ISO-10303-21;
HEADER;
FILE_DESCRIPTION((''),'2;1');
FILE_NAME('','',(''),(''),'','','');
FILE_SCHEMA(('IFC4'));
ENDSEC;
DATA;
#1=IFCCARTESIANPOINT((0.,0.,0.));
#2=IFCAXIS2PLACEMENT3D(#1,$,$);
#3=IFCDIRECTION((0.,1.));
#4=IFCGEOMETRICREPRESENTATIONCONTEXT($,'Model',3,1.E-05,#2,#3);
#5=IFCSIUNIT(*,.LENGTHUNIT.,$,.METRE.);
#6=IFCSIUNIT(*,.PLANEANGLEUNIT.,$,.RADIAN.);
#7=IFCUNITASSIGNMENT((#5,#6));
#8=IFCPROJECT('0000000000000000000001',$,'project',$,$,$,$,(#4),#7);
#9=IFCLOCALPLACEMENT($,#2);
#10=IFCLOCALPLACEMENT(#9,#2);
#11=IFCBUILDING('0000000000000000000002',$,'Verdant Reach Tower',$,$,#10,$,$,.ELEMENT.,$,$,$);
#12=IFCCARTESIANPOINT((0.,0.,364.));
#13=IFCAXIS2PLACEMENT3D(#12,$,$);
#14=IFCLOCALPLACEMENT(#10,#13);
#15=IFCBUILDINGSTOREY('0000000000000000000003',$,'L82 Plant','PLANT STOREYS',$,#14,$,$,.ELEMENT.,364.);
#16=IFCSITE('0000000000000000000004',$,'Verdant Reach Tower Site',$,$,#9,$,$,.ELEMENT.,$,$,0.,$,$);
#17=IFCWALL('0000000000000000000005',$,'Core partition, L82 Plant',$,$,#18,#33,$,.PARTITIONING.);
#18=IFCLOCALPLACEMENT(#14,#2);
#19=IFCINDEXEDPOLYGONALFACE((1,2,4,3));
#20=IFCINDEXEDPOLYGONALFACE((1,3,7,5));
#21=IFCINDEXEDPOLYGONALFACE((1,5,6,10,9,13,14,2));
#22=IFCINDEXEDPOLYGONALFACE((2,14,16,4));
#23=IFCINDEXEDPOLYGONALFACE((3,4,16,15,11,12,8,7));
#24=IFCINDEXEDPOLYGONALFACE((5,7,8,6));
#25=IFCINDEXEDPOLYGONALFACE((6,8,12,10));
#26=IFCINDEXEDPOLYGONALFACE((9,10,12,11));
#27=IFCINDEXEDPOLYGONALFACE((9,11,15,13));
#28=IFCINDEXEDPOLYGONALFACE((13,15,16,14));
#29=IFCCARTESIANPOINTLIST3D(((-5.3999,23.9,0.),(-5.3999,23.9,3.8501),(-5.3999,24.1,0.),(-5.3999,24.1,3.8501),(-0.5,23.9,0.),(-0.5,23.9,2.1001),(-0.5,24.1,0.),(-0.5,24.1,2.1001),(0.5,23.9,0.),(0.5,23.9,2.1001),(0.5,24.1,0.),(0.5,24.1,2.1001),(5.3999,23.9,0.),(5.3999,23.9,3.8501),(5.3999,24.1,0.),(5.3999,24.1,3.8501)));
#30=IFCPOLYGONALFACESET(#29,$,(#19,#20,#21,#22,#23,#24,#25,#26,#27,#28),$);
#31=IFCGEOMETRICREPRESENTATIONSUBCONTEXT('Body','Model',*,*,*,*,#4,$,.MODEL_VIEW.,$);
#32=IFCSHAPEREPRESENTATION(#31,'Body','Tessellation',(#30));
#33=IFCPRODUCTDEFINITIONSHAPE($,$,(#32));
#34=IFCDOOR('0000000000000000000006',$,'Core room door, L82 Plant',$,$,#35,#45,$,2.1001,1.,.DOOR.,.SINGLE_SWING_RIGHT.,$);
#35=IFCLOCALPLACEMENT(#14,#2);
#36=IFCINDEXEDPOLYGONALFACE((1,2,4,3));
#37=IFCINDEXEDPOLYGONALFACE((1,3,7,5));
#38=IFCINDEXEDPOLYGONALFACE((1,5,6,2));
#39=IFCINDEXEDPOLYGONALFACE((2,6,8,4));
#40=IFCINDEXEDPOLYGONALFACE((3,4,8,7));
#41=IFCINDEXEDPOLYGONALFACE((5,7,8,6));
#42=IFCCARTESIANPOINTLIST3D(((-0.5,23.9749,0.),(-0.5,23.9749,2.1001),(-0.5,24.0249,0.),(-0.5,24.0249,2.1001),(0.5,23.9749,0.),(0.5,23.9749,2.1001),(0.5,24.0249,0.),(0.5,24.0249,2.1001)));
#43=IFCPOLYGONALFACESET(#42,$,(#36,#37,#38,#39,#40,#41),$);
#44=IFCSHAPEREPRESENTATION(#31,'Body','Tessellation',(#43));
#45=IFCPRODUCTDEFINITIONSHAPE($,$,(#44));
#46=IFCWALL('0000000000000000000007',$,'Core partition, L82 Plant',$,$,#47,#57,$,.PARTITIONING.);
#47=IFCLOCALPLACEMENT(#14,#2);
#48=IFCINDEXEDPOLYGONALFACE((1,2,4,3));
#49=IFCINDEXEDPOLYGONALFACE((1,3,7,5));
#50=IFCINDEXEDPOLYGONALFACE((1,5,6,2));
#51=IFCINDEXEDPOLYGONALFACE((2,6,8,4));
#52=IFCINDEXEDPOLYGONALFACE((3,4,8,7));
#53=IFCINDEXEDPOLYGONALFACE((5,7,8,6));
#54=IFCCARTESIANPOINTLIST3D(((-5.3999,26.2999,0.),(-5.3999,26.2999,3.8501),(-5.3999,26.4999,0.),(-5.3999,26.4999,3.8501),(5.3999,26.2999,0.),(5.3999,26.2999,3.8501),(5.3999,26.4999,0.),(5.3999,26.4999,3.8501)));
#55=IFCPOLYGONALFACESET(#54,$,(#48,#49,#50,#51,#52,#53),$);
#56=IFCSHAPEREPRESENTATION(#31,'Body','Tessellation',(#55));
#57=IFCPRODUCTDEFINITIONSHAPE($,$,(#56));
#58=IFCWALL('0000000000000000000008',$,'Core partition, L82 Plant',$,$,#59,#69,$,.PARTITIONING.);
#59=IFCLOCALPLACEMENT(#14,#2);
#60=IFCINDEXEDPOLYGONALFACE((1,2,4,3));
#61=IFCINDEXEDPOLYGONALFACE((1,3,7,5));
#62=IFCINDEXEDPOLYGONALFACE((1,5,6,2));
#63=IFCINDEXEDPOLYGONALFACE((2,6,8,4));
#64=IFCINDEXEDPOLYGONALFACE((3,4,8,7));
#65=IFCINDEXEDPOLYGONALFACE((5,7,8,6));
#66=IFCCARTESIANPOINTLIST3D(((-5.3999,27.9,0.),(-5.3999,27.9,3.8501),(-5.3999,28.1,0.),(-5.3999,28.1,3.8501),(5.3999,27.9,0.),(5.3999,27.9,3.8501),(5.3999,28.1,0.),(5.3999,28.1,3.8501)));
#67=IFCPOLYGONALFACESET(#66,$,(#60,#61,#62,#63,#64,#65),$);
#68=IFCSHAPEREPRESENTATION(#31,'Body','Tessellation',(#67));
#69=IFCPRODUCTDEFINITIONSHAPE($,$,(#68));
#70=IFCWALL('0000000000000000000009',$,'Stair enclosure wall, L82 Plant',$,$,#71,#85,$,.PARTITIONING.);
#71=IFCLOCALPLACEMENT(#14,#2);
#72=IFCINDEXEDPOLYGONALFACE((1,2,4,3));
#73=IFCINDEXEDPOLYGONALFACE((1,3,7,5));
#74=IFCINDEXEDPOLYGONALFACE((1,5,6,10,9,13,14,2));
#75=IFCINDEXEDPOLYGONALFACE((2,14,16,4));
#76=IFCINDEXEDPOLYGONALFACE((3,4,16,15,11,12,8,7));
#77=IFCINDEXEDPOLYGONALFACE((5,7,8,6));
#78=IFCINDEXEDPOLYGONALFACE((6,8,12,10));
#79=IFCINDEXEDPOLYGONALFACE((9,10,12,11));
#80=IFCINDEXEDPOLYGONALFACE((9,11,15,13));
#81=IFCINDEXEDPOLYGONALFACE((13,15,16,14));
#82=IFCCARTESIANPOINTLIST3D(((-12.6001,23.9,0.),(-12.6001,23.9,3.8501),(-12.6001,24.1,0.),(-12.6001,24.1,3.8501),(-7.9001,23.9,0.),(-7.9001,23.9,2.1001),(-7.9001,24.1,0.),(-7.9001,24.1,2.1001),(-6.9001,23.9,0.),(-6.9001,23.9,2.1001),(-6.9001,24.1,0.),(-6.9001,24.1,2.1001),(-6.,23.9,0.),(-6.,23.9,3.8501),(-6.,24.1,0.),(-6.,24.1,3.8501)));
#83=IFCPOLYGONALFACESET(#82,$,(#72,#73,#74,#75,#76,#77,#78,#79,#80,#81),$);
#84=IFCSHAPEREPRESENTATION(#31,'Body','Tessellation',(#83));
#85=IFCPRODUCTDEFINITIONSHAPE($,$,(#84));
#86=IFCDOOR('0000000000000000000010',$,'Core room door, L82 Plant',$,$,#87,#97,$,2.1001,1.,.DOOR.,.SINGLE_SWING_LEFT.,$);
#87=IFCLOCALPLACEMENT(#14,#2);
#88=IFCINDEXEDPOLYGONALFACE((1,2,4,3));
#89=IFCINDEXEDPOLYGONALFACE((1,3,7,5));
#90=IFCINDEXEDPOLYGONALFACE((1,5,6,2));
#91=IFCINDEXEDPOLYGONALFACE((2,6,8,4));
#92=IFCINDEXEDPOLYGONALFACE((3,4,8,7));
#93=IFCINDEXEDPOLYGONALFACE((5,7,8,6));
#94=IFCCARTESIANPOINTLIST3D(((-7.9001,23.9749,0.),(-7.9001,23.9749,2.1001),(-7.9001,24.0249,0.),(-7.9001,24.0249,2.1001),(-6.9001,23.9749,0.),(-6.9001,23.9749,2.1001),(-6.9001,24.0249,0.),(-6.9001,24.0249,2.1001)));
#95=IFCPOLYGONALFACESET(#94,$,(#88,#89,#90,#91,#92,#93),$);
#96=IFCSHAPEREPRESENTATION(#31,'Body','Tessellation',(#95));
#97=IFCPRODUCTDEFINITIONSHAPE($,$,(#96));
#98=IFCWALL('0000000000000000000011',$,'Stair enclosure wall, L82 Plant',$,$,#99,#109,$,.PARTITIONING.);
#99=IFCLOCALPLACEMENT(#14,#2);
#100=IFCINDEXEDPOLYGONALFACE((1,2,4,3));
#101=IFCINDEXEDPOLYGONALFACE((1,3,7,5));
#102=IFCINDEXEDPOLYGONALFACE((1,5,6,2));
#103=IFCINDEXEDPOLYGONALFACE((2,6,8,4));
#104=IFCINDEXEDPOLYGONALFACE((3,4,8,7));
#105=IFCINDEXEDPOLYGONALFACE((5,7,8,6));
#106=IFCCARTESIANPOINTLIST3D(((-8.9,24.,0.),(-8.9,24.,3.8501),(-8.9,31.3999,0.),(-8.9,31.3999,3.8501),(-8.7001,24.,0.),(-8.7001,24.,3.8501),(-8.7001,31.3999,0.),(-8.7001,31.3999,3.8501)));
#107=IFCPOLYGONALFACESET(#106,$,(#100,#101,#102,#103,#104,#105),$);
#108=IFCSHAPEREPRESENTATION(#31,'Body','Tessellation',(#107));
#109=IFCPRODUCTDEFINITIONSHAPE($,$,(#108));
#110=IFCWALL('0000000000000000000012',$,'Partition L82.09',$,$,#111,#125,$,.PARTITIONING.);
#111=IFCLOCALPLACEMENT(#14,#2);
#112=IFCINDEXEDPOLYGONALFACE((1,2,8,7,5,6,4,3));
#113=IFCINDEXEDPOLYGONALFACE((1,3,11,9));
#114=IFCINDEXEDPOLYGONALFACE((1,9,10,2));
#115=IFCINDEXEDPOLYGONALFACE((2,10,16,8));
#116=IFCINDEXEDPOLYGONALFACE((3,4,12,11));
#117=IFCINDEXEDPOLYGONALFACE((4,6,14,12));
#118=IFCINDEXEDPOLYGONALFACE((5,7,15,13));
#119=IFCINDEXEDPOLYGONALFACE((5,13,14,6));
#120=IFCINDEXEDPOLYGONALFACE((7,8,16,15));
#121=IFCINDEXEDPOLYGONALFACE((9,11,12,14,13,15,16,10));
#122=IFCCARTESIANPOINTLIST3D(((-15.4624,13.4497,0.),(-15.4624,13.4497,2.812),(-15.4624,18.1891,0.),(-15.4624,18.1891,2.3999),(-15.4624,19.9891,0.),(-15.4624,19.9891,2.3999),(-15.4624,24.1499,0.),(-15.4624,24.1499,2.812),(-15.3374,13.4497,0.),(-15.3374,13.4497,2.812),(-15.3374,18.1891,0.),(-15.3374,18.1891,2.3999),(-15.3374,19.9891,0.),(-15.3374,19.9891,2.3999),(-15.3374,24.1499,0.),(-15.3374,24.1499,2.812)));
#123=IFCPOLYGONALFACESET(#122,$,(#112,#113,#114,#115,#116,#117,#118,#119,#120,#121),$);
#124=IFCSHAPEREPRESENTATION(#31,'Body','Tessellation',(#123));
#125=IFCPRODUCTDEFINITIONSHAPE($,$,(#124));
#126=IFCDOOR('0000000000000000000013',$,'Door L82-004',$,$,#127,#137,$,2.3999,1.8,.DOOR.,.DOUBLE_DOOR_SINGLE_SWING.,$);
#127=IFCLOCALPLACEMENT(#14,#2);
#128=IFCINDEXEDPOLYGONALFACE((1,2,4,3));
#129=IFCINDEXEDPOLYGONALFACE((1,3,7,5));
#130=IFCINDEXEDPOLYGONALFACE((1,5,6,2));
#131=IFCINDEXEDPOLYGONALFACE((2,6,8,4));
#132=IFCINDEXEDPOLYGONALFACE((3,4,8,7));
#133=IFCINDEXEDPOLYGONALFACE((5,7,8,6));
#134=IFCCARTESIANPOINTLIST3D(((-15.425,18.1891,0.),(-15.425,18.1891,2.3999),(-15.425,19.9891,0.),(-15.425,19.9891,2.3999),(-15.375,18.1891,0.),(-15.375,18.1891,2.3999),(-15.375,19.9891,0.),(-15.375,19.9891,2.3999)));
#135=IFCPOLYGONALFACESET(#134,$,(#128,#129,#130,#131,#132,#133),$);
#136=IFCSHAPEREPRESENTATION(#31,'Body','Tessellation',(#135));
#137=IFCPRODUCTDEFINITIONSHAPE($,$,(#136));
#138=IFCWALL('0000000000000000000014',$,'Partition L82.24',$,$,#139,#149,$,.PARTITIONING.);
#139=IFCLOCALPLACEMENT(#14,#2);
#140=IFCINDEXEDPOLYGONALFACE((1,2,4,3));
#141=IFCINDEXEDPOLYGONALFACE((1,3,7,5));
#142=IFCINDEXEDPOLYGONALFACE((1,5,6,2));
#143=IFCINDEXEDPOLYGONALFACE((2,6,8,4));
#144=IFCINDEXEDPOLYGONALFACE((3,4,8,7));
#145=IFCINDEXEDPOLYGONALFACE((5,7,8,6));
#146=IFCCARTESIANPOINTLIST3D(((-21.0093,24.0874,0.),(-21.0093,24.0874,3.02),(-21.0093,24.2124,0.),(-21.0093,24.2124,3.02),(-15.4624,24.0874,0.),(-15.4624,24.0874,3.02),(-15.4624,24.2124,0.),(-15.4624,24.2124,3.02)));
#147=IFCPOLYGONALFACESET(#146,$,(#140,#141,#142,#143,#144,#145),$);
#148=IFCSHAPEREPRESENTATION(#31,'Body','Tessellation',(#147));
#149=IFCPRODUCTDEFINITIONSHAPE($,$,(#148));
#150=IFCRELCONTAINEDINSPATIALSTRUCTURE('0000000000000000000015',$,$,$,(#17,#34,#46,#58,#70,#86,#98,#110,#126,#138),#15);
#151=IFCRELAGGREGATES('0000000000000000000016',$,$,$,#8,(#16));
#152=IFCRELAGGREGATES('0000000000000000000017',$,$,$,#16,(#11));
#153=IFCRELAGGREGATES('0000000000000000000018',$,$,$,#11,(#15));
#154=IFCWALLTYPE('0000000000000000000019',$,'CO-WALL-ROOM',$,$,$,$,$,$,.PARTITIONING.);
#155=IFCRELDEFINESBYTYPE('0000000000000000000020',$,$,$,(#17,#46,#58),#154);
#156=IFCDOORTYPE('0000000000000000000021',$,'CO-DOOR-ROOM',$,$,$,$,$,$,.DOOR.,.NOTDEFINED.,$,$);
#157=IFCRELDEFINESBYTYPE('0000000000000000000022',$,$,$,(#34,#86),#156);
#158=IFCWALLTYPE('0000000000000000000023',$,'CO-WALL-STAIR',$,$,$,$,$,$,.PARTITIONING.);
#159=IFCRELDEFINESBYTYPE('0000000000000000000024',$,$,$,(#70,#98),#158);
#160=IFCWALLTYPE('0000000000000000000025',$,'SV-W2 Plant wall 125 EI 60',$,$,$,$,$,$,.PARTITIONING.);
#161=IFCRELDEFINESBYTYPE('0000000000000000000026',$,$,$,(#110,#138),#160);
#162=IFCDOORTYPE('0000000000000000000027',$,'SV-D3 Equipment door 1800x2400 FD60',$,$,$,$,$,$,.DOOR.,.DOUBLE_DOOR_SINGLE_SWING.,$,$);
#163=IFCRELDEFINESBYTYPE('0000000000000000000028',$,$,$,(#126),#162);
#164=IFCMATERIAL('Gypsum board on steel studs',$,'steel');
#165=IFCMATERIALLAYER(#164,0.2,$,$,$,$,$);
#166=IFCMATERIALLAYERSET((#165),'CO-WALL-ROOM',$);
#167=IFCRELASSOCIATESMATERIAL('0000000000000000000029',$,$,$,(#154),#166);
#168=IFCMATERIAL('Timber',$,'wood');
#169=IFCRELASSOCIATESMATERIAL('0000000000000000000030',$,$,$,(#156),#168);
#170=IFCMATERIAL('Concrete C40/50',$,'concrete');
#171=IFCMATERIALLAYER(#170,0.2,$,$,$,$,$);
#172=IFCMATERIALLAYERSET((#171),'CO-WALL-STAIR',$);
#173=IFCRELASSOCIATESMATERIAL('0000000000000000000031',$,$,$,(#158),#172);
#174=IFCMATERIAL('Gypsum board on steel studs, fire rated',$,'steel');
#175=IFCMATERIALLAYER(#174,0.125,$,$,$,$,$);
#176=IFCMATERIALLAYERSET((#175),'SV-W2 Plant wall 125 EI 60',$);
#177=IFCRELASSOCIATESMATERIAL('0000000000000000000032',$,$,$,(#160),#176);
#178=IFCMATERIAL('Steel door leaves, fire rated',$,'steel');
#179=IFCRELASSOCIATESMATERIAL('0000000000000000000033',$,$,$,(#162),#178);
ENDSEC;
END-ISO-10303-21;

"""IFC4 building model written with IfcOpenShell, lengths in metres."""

from ifc_helpers import new_model, si_unit, direction, frame, frame_2d, origin, place, context, subcontext, project, spatial, rectangle, extrude, material, layer, layer_set, type_object, element, fill, save


model = new_model("IFC4")

# Units and contexts
model_context = context("Model", 3, precision=1e-05, world=origin(), true_north=direction((0.0, 1.0)))
body_context = subcontext(model_context, "Body", "Model", "MODEL_VIEW")
ifc_project = project(units=[si_unit("LENGTHUNIT", "METRE"), si_unit("PLANEANGLEUNIT", "RADIAN")], contexts=[model_context])

# Site, building, storey
site_placement = place(None, origin())
site = spatial("IfcSite", under=ifc_project, at=site_placement, Name="Verdant Reach Tower Site", CompositionType="ELEMENT", RefElevation=0.0)
building_placement = place(site_placement, origin())
building = spatial("IfcBuilding", under=site, at=building_placement, Name="Verdant Reach Tower", CompositionType="ELEMENT")
storey_placement = place(building_placement, frame((0.0, 0.0, 364.0)))
storey = spatial("IfcBuildingStorey", under=building, at=storey_placement, Name="L82 Plant", Description="PLANT STOREYS", CompositionType="ELEMENT", Elevation=364.0)

# Wall, opening, door
ifc_material_1 = material(Name="Gypsum board on steel studs", Category="steel")
ifc_layer_1 = layer(ifc_material_1, 0.2)
ifc_layer_set_1 = layer_set([ifc_layer_1], Name="CO-WALL-ROOM")
wall_type_1 = type_object("IfcWallType", Name="CO-WALL-ROOM", PredefinedType="PARTITIONING", material=ifc_layer_set_1)
ifc_material_2 = material(Name="Timber", Category="wood")
door_type_1 = type_object("IfcDoorType", Name="CO-DOOR-ROOM", OperationType="NOTDEFINED", PredefinedType="DOOR", material=ifc_material_2)
wall_1_placement = place(storey_placement, frame((-5.3999, 24.0, 0.0), z_axis=(0.0, 0.0, 1.0), x_axis=(1.0, 0.0, 0.0)))
wall_1 = element("IfcWall", 1, at=wall_1_placement, inside=storey, type_object=wall_type_1, Name="Core partition, L82 Plant", PredefinedType="PARTITIONING", context=body_context, shape_type="SweptSolid", body=[
    extrude(rectangle(XDim=10.7998, YDim=0.2, at=frame_2d((5.3999, 0.0))), origin(), (0.0, 0.0, 1.0), 3.8501),
])
opening_1_placement = place(wall_1_placement, frame((4.8999, 0.0, 0.0)))
opening_1 = element("IfcOpeningElement", 2, at=opening_1_placement, cuts=wall_1, PredefinedType="OPENING", context=body_context, shape_type="SweptSolid", body=[
    extrude(rectangle(XDim=1.0, YDim=2.1001, at=frame_2d((0.5, 1.05))), frame((0.0, 0.1099, 0.0), z_axis=(0.0, -1.0, 0.0), x_axis=(1.0, 0.0, 0.0)), (0.0, 0.0, 1.0), 0.22),
])
door_1_placement = place(opening_1_placement, origin())
door_1 = element("IfcDoor", 3, at=door_1_placement, inside=storey, type_object=door_type_1, Name="Core room door, L82 Plant", OperationType="SINGLE_SWING_RIGHT", OverallHeight=2.1001, OverallWidth=1.0, PredefinedType="DOOR", context=body_context, shape_type="SweptSolid", body=[
    extrude(rectangle(XDim=1.0, YDim=2.1001, at=frame_2d((0.5, 1.05))), frame((0.0, 0.0249, 0.0), z_axis=(0.0, -1.0, 0.0), x_axis=(1.0, 0.0, 0.0)), (0.0, 0.0, 1.0), 0.05),
])
fill(opening_1, door_1)

# Walls
for number, where, z_axis, x_axis, name in (
    (4, (-5.3999, 26.3999, 0.0), (0.0, 0.0, 1.0), (1.0, 0.0, 0.0), "Core partition, L82 Plant"),
    (5, (-5.3999, 28.0, 0.0), (0.0, 0.0, 1.0), (1.0, 0.0, 0.0), "Core partition, L82 Plant"),
):
    element("IfcWall", number, at=place(storey_placement, frame(where, z_axis=z_axis, x_axis=x_axis)), inside=storey, type_object=wall_type_1, Name=name, PredefinedType="PARTITIONING", context=body_context, shape_type="SweptSolid", body=[
        extrude(rectangle(XDim=10.7998, YDim=0.2, at=frame_2d((5.3999, 0.0))), origin(), (0.0, 0.0, 1.0), 3.8501),
    ])

# Wall, opening, door
ifc_material_3 = material(Name="Concrete C40/50", Category="concrete")
ifc_layer_2 = layer(ifc_material_3, 0.2)
ifc_layer_set_2 = layer_set([ifc_layer_2], Name="CO-WALL-STAIR")
wall_type_2 = type_object("IfcWallType", Name="CO-WALL-STAIR", PredefinedType="PARTITIONING", material=ifc_layer_set_2)
wall_2_placement = place(storey_placement, frame((-12.6001, 24.0, 0.0), z_axis=(0.0, 0.0, 1.0), x_axis=(1.0, 0.0, 0.0)))
wall_2 = element("IfcWall", 6, at=wall_2_placement, inside=storey, type_object=wall_type_2, Name="Stair enclosure wall, L82 Plant", PredefinedType="PARTITIONING", context=body_context, shape_type="SweptSolid", body=[
    extrude(rectangle(XDim=6.6001, YDim=0.2, at=frame_2d((3.3, 0.0))), origin(), (0.0, 0.0, 1.0), 3.8501),
])
opening_2_placement = place(wall_2_placement, frame((4.7, 0.0, 0.0)))
opening_2 = element("IfcOpeningElement", 7, at=opening_2_placement, cuts=wall_2, PredefinedType="OPENING", context=body_context, shape_type="SweptSolid", body=[
    extrude(rectangle(XDim=1.0, YDim=2.1001, at=frame_2d((0.5, 1.05))), frame((0.0, 0.1099, 0.0), z_axis=(0.0, -1.0, 0.0), x_axis=(1.0, 0.0, 0.0)), (0.0, 0.0, 1.0), 0.22),
])
door_2_placement = place(opening_2_placement, origin())
door_2 = element("IfcDoor", 8, at=door_2_placement, inside=storey, type_object=door_type_1, Name="Core room door, L82 Plant", OperationType="SINGLE_SWING_LEFT", OverallHeight=2.1001, OverallWidth=1.0, PredefinedType="DOOR", context=body_context, shape_type="SweptSolid", body=[
    extrude(rectangle(XDim=1.0, YDim=2.1001, at=frame_2d((0.5, 1.05))), frame((0.0, 0.0249, 0.0), z_axis=(0.0, -1.0, 0.0), x_axis=(1.0, 0.0, 0.0)), (0.0, 0.0, 1.0), 0.05),
])
fill(opening_2, door_2)

# Wall
wall_3_placement = place(storey_placement, frame((-8.8, 24.0, 0.0), z_axis=(0.0, 0.0, 1.0), x_axis=(0.0, 1.0, 0.0)))
element("IfcWall", 9, at=wall_3_placement, inside=storey, type_object=wall_type_2, Name="Stair enclosure wall, L82 Plant", PredefinedType="PARTITIONING", context=body_context, shape_type="SweptSolid", body=[
    extrude(rectangle(XDim=7.3999, YDim=0.2, at=frame_2d((3.7, 0.0))), origin(), (0.0, 0.0, 1.0), 3.8501),
])

# Wall, opening, door
ifc_material_4 = material(Name="Gypsum board on steel studs, fire rated", Category="steel")
ifc_layer_3 = layer(ifc_material_4, 0.125)
ifc_layer_set_3 = layer_set([ifc_layer_3], Name="SV-W2 Plant wall 125 EI 60")
wall_type_3 = type_object("IfcWallType", Name="SV-W2 Plant wall 125 EI 60", PredefinedType="PARTITIONING", material=ifc_layer_set_3)
wall_4_placement = place(storey_placement, frame((-15.3999, 24.1499, 0.0), z_axis=(0.0, 0.0, 1.0), x_axis=(0.0, -1.0, 0.0)))
wall_4 = element("IfcWall", 10, at=wall_4_placement, inside=storey, type_object=wall_type_3, Name="Partition L82.09", PredefinedType="PARTITIONING", context=body_context, shape_type="SweptSolid", body=[
    extrude(rectangle(XDim=10.7002, YDim=0.125, at=frame_2d((5.3501, 0.0))), origin(), (0.0, 0.0, 1.0), 2.812),
])
opening_3_placement = place(wall_4_placement, frame((4.1609, 0.0, 0.0)))
opening_3 = element("IfcOpeningElement", 11, at=opening_3_placement, cuts=wall_4, PredefinedType="OPENING", context=body_context, shape_type="SweptSolid", body=[
    extrude(rectangle(XDim=1.8, YDim=2.3999, at=frame_2d((0.8999, 1.2))), frame((0.0, 0.0725, 0.0), z_axis=(0.0, -1.0, 0.0), x_axis=(1.0, 0.0, 0.0)), (0.0, 0.0, 1.0), 0.145),
])
ifc_material_5 = material(Name="Steel door leaves, fire rated", Category="steel")
door_type_2 = type_object("IfcDoorType", Name="SV-D3 Equipment door 1800x2400 FD60", OperationType="DOUBLE_DOOR_SINGLE_SWING", PredefinedType="DOOR", material=ifc_material_5)
door_3_placement = place(opening_3_placement, origin())
door_3 = element("IfcDoor", 12, at=door_3_placement, inside=storey, type_object=door_type_2, Name="Door L82-004", OperationType="DOUBLE_DOOR_SINGLE_SWING", OverallHeight=2.3999, OverallWidth=1.8, PredefinedType="DOOR", context=body_context, shape_type="SweptSolid", body=[
    extrude(rectangle(XDim=1.8, YDim=2.3999, at=frame_2d((0.8999, 1.2))), frame((0.0, 0.0249, 0.0), z_axis=(0.0, -1.0, 0.0), x_axis=(1.0, 0.0, 0.0)), (0.0, 0.0, 1.0), 0.05),
])
fill(opening_3, door_3)

# Wall
wall_5_placement = place(storey_placement, frame((-21.0093, 24.1499, 0.0), z_axis=(0.0, 0.0, 1.0), x_axis=(1.0, 0.0, 0.0)))
element("IfcWall", 13, at=wall_5_placement, inside=storey, type_object=wall_type_3, Name="Partition L82.24", PredefinedType="PARTITIONING", context=body_context, shape_type="SweptSolid", body=[
    extrude(rectangle(XDim=5.5469, YDim=0.125, at=frame_2d((2.7734, 0.0))), origin(), (0.0, 0.0, 1.0), 3.02),
])

save(model, "model.ifc")
